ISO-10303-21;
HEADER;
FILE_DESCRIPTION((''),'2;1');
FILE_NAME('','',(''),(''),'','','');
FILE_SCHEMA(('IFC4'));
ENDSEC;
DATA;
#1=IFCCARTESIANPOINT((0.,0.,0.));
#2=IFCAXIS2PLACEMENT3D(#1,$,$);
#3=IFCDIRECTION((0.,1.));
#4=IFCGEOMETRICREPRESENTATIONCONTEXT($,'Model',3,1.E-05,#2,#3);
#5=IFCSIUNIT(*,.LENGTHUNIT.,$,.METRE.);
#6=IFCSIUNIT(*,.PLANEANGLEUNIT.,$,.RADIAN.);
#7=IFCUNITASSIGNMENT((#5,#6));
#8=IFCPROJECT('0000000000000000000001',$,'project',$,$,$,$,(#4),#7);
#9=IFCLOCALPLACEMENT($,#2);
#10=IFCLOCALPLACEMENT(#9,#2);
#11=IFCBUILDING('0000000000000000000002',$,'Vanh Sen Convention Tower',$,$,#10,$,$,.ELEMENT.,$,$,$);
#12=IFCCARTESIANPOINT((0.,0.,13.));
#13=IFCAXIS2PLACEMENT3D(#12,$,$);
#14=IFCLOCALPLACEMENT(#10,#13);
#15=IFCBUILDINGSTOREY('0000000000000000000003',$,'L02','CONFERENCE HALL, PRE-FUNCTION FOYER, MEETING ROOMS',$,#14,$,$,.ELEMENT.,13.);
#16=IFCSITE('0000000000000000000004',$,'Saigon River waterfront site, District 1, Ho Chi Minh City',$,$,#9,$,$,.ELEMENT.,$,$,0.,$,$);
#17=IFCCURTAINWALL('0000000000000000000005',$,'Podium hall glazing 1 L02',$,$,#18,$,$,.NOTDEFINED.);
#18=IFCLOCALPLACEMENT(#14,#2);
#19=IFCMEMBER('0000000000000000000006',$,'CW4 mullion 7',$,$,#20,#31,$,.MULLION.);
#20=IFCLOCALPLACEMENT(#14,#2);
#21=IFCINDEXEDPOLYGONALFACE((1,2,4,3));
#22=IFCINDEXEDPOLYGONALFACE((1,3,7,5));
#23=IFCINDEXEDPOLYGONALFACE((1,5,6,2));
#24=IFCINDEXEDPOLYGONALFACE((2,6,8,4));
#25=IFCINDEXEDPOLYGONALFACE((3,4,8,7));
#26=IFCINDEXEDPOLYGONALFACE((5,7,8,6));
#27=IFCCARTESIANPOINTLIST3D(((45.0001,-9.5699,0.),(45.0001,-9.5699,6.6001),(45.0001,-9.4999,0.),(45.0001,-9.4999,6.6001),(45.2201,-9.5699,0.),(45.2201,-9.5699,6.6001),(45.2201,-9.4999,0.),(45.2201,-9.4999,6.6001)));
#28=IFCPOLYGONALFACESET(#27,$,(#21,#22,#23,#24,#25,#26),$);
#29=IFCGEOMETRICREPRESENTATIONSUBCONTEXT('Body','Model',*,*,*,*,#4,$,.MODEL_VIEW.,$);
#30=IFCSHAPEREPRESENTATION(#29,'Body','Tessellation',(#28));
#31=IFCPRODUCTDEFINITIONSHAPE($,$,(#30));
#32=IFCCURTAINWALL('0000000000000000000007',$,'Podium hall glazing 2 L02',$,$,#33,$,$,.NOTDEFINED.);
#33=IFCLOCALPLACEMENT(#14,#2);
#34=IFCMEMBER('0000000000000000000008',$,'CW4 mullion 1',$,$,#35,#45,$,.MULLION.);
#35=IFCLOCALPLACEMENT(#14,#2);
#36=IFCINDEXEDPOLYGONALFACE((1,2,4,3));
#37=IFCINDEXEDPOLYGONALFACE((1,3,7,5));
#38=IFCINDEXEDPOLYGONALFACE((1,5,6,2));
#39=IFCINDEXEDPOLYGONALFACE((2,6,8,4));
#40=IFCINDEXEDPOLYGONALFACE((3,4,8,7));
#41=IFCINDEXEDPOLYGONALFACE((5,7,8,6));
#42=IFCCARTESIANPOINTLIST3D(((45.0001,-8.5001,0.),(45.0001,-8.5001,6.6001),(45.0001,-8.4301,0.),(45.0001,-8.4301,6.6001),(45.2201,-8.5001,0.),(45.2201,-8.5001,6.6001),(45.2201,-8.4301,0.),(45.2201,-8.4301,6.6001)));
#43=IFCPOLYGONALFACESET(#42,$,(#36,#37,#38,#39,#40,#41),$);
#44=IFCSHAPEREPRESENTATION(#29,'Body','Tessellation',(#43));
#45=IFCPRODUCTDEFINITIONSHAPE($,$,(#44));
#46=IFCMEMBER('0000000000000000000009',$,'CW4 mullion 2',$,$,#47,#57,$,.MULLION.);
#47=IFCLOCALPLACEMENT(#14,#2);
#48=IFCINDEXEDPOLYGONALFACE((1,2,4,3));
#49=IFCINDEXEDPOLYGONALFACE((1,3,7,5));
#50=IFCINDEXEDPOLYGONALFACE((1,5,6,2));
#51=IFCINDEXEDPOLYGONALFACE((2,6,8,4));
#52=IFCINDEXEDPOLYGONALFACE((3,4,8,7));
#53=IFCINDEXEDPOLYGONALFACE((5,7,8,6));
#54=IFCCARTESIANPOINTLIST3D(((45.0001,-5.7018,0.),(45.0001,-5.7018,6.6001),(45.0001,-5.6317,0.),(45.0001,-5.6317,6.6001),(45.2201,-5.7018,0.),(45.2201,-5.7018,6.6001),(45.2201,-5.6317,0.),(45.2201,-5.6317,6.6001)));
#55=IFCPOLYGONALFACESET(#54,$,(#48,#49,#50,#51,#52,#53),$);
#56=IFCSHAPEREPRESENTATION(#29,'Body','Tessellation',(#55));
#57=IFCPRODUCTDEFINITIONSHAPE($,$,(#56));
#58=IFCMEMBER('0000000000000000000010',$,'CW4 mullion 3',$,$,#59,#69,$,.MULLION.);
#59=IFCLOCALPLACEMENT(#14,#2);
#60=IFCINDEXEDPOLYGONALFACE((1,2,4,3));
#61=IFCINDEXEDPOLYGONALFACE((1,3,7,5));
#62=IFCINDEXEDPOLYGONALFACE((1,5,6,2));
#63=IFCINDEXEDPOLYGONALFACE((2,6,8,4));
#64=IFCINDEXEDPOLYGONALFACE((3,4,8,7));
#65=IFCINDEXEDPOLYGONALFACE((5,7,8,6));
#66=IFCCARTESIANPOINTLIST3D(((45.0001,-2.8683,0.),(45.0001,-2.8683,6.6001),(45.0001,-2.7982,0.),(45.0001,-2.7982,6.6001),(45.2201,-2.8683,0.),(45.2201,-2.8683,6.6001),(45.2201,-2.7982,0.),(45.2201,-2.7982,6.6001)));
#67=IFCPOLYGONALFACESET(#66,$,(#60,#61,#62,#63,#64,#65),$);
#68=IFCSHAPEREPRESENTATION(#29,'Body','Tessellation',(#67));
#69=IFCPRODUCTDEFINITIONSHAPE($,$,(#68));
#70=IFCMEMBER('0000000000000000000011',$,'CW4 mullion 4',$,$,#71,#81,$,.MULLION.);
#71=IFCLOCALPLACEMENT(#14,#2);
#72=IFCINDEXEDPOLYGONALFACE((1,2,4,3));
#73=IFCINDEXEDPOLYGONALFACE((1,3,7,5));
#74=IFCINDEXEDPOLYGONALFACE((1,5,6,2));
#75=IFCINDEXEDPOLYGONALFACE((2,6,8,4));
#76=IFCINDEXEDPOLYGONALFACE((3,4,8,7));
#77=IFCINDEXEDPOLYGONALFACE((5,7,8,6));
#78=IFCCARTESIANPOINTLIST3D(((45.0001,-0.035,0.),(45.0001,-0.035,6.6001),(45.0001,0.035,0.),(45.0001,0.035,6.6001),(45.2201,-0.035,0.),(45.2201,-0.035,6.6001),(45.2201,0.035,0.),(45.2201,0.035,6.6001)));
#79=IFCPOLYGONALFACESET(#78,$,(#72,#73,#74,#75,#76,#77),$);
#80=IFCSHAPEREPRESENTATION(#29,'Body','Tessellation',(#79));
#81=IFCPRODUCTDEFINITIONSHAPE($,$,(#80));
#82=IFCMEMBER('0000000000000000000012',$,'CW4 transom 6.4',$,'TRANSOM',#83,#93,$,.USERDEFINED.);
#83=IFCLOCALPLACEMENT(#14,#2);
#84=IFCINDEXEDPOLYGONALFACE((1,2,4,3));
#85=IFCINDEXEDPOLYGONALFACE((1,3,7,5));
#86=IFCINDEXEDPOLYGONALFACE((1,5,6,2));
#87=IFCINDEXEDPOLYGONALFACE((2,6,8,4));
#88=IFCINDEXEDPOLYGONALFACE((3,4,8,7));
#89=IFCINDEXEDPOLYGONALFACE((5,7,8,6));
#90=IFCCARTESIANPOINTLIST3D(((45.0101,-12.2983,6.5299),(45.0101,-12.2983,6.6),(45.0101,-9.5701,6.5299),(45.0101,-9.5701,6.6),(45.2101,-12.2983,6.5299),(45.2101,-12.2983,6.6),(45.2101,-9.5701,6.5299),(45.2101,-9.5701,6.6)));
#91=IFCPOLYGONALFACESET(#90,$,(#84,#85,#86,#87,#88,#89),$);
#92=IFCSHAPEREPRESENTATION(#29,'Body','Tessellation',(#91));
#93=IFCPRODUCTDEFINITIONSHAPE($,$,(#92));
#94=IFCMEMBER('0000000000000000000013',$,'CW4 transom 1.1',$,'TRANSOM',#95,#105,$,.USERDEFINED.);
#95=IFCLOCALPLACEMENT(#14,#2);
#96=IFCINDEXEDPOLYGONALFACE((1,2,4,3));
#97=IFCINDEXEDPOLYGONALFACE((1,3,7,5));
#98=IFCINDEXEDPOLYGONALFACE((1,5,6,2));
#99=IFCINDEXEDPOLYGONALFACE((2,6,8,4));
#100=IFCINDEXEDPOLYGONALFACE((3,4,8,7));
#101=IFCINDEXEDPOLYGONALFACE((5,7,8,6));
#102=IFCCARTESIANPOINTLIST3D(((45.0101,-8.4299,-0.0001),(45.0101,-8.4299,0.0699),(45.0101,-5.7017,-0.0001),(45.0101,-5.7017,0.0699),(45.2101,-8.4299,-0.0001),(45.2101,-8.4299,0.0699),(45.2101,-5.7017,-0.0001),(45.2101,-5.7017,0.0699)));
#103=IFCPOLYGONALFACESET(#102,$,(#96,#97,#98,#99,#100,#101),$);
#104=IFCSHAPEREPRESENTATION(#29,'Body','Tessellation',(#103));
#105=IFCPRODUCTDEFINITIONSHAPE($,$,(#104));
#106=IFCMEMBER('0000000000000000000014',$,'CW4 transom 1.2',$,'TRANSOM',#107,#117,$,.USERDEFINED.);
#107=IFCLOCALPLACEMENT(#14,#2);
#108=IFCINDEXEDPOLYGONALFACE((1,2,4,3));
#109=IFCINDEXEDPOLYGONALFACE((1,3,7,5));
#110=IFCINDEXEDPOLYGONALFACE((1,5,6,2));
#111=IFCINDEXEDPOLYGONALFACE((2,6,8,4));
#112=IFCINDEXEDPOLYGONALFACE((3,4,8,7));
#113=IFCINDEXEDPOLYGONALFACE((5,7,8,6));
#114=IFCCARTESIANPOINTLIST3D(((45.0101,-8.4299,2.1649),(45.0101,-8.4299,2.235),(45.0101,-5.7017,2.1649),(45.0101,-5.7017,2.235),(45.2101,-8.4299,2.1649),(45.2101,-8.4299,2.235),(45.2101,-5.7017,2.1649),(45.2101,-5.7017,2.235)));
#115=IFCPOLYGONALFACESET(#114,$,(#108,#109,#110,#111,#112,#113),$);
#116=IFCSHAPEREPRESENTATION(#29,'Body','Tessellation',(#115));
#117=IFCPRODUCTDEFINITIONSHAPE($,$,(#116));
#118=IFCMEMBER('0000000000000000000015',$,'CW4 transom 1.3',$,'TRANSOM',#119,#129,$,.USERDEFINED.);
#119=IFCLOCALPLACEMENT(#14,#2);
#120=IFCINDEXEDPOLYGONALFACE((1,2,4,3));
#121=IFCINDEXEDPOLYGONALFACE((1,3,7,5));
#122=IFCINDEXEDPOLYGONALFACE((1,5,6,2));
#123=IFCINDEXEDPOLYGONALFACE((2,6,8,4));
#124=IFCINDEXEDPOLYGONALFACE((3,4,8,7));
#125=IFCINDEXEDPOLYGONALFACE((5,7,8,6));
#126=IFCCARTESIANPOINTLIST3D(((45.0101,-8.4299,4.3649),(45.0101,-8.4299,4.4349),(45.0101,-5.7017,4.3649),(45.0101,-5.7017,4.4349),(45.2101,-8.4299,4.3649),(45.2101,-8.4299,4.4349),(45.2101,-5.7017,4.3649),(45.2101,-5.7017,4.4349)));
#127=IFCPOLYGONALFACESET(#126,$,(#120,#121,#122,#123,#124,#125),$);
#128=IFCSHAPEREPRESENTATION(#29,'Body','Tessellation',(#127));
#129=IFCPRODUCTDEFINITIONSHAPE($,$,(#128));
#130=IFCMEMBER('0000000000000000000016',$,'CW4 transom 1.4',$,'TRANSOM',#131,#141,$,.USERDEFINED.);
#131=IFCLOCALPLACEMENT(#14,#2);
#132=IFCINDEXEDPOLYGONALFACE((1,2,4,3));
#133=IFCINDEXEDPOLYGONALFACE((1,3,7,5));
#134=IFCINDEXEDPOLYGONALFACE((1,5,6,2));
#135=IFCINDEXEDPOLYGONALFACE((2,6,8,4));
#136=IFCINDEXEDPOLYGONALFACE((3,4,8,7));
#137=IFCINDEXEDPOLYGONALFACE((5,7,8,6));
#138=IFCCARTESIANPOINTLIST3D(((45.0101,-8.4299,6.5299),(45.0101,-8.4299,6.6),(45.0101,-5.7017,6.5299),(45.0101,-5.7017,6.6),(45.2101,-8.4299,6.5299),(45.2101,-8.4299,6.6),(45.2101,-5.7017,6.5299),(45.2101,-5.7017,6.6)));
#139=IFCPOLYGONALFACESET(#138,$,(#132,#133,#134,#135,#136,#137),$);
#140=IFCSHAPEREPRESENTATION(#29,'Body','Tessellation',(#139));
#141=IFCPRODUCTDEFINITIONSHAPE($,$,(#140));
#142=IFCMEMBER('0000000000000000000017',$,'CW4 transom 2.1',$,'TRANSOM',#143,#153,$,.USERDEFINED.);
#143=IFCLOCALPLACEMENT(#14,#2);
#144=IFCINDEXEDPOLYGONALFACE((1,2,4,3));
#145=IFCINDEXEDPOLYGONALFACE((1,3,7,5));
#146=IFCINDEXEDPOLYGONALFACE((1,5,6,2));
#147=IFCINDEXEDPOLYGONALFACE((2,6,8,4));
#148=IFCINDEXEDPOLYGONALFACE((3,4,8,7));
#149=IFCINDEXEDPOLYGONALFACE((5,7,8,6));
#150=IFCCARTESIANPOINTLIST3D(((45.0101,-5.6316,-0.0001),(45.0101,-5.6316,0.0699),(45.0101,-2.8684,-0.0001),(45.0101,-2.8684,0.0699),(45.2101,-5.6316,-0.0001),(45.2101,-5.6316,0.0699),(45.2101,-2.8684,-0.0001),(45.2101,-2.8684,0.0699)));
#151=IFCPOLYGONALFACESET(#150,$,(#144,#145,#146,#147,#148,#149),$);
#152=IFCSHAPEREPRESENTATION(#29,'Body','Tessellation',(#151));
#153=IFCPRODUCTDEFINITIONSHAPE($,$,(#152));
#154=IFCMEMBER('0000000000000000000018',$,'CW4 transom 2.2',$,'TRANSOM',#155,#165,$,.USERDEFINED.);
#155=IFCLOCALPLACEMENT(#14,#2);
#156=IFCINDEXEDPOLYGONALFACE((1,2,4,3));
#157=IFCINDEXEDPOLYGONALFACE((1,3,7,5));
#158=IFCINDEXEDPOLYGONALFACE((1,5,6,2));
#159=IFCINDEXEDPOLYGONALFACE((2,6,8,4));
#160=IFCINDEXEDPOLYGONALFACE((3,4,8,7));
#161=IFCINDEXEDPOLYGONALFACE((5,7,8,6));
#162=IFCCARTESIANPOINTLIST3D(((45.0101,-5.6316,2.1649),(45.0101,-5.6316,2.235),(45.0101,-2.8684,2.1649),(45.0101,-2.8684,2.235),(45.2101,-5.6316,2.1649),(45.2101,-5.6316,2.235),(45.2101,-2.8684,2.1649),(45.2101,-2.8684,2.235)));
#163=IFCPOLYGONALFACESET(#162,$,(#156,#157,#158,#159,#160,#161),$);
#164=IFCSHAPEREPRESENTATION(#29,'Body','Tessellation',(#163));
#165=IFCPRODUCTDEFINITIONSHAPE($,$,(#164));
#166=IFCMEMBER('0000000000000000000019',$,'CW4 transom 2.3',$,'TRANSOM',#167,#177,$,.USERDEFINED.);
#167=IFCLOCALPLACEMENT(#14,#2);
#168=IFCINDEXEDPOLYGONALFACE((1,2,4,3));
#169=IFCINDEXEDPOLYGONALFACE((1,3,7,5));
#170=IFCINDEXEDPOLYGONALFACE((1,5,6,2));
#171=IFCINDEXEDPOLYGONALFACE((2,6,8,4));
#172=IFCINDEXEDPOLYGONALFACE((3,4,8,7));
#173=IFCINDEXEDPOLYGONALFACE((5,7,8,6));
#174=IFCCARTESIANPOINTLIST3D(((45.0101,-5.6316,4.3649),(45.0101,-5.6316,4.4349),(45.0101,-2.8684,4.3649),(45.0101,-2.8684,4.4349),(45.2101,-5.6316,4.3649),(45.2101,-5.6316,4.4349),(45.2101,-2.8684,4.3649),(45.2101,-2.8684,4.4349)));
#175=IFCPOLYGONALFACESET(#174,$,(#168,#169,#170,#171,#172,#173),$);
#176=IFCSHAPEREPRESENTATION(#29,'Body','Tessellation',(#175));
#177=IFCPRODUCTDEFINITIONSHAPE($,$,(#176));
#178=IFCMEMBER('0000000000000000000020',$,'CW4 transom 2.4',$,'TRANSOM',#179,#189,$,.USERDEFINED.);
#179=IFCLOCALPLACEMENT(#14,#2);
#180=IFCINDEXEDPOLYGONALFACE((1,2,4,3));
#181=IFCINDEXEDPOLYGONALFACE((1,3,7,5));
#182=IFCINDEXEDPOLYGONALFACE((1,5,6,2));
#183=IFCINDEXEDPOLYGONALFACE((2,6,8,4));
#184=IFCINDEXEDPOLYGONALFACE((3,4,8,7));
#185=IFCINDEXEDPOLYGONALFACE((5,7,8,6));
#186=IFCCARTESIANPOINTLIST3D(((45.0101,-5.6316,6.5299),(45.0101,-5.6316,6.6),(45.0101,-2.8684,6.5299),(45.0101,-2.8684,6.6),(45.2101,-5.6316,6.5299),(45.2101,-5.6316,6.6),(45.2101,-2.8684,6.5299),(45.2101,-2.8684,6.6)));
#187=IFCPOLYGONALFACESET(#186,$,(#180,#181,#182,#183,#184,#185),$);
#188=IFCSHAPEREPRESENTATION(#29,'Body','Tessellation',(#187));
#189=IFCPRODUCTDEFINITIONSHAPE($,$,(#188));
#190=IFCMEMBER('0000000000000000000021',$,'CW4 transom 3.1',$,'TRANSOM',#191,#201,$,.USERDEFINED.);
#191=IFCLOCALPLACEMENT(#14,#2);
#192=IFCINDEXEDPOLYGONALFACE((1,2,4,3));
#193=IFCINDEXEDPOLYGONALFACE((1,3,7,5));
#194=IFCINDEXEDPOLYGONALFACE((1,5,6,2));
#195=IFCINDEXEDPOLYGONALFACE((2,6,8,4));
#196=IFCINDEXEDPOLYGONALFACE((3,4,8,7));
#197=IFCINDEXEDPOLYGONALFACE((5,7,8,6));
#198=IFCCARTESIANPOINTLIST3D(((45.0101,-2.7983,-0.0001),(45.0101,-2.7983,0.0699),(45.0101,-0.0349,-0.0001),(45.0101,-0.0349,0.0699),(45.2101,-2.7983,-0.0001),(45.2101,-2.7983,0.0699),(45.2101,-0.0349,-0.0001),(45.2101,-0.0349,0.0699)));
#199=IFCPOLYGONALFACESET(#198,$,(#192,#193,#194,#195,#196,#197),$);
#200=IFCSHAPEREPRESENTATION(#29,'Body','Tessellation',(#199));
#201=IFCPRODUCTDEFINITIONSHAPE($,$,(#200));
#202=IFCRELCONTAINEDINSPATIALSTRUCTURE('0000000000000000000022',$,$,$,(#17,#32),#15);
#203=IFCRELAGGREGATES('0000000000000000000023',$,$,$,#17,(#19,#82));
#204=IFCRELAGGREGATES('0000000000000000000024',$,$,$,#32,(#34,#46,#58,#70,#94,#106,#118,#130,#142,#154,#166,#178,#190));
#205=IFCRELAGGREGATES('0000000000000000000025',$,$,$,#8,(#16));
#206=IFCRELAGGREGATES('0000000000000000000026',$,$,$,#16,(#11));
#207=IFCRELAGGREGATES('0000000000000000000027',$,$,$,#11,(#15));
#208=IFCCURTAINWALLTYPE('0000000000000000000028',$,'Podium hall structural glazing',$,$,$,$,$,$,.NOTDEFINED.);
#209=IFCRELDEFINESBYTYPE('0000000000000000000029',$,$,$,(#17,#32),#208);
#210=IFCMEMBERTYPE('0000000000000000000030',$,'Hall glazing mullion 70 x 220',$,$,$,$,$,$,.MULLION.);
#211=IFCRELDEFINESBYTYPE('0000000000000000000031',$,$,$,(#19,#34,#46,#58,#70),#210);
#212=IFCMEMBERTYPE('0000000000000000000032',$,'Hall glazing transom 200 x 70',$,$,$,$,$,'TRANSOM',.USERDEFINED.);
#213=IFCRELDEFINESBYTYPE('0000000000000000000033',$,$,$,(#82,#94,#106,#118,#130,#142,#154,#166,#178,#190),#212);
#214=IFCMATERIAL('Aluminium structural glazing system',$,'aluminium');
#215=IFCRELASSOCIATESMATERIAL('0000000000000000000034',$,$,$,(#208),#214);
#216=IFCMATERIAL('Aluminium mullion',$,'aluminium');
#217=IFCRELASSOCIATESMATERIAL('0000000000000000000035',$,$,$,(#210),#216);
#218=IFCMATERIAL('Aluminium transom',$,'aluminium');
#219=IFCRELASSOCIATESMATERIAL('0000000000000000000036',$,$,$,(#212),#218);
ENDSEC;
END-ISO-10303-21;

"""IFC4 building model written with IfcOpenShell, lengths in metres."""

from ifc_helpers import new_model, si_unit, direction, frame, origin, origin_2d, place, context, subcontext, project, spatial, rectangle, extrude, material, material_profile, profile_set, type_object, element, aggregate, save


model = new_model("IFC4")

# Units and contexts
model_context = context("Model", 3, precision=1e-05, world=origin(), true_north=direction((0.0, 1.0)))
body_context = subcontext(model_context, "Body", "Model", "MODEL_VIEW")
ifc_project = project(units=[si_unit("LENGTHUNIT", "METRE"), si_unit("PLANEANGLEUNIT", "RADIAN")], contexts=[model_context])

# Site, building, storey
site_placement = place(None, origin())
site = spatial("IfcSite", under=ifc_project, at=site_placement, Name="Saigon River waterfront site, District 1, Ho Chi Minh City", CompositionType="ELEMENT", RefElevation=0.0)
building_placement = place(site_placement, origin())
building = spatial("IfcBuilding", under=site, at=building_placement, Name="Vanh Sen Convention Tower", CompositionType="ELEMENT")
storey_placement = place(building_placement, frame((0.0, 0.0, 13.0)))
storey = spatial("IfcBuildingStorey", under=building, at=storey_placement, Name="L02", Description="CONFERENCE HALL, PRE-FUNCTION FOYER, MEETING ROOMS", CompositionType="ELEMENT", Elevation=13.0)

# Curtain wall, member
ifc_material_1 = material(Name="Aluminium structural glazing system", Category="aluminium")
curtain_wall_type = type_object("IfcCurtainWallType", Name="Podium hall structural glazing", PredefinedType="NOTDEFINED", material=ifc_material_1)
curtain_wall_1_placement = place(storey_placement, origin())
curtain_wall_1 = element("IfcCurtainWall", 1, at=curtain_wall_1_placement, inside=storey, type_object=curtain_wall_type, Name="Podium hall glazing 1 L02", PredefinedType="NOTDEFINED")
ifc_material_2 = material(Name="Aluminium mullion", Category="aluminium")
ifc_material_profile_1 = material_profile(ifc_material_2, rectangle(XDim=0.22, YDim=0.0701, at=origin_2d()), Name="Hall glazing mullion 70 x 220")
ifc_profile_set_1 = profile_set([ifc_material_profile_1], Name="Aluminium mullion")
member_type_1 = type_object("IfcMemberType", Name="Hall glazing mullion 70 x 220", PredefinedType="MULLION", material=ifc_profile_set_1)
member_1_placement = place(storey_placement, frame((45.1101, -9.5349, 0.0), z_axis=(0.0, 0.0, 1.0), x_axis=(-1.0, 0.0, 0.0)))
member_1 = element("IfcMember", 2, at=member_1_placement, type_object=member_type_1, Name="CW4 mullion 7", PredefinedType="MULLION", context=body_context, shape_type="SweptSolid", body=[
    extrude(rectangle(XDim=0.22, YDim=0.0701, at=origin_2d()), origin(), (0.0, 0.0, 1.0), 6.6001),
])

# Curtain wall, members
curtain_wall_2_placement = place(storey_placement, origin())
curtain_wall_2 = element("IfcCurtainWall", 3, at=curtain_wall_2_placement, inside=storey, type_object=curtain_wall_type, Name="Podium hall glazing 2 L02", PredefinedType="NOTDEFINED")
member_2_placement = place(storey_placement, frame((45.1101, -8.4651, 0.0), z_axis=(0.0, 0.0, 1.0), x_axis=(-1.0, 0.0, 0.0)))
member_2 = element("IfcMember", 4, at=member_2_placement, type_object=member_type_1, Name="CW4 mullion 1", PredefinedType="MULLION", context=body_context, shape_type="SweptSolid", body=[
    extrude(rectangle(XDim=0.22, YDim=0.0701, at=origin_2d()), origin(), (0.0, 0.0, 1.0), 6.6001),
])
member_3_placement = place(storey_placement, frame((45.1101, -5.6667, 0.0), z_axis=(0.0, 0.0, 1.0), x_axis=(-1.0, 0.0, 0.0)))
member_3 = element("IfcMember", 5, at=member_3_placement, type_object=member_type_1, Name="CW4 mullion 2", PredefinedType="MULLION", context=body_context, shape_type="SweptSolid", body=[
    extrude(rectangle(XDim=0.22, YDim=0.0701, at=origin_2d()), origin(), (0.0, 0.0, 1.0), 6.6001),
])
member_4_placement = place(storey_placement, frame((45.1101, -2.8333, 0.0), z_axis=(0.0, 0.0, 1.0), x_axis=(-1.0, 0.0, 0.0)))
member_4 = element("IfcMember", 6, at=member_4_placement, type_object=member_type_1, Name="CW4 mullion 3", PredefinedType="MULLION", context=body_context, shape_type="SweptSolid", body=[
    extrude(rectangle(XDim=0.22, YDim=0.0701, at=origin_2d()), origin(), (0.0, 0.0, 1.0), 6.6001),
])
member_5_placement = place(storey_placement, frame((45.1101, 0.0, 0.0), z_axis=(0.0, 0.0, 1.0), x_axis=(-1.0, 0.0, 0.0)))
member_5 = element("IfcMember", 7, at=member_5_placement, type_object=member_type_1, Name="CW4 mullion 4", PredefinedType="MULLION", context=body_context, shape_type="SweptSolid", body=[
    extrude(rectangle(XDim=0.22, YDim=0.0701, at=origin_2d()), origin(), (0.0, 0.0, 1.0), 6.6001),
])

# Members
ifc_material_3 = material(Name="Aluminium transom", Category="aluminium")
ifc_material_profile_2 = material_profile(ifc_material_3, rectangle(XDim=0.2, YDim=0.0701, at=origin_2d()), Name="Hall glazing transom 200 x 70")
ifc_profile_set_2 = profile_set([ifc_material_profile_2], Name="Aluminium transom")
member_type_2 = type_object("IfcMemberType", Name="Hall glazing transom 200 x 70", ElementType="TRANSOM", PredefinedType="USERDEFINED", material=ifc_profile_set_2)
member_6_placement = place(storey_placement, frame((45.1101, -12.2983, 6.5649), z_axis=(0.0, 1.0, 0.0), x_axis=(-1.0, 0.0, 0.0)))
member_6 = element("IfcMember", 8, at=member_6_placement, type_object=member_type_2, Name="CW4 transom 6.4", ObjectType="TRANSOM", PredefinedType="USERDEFINED", context=body_context, shape_type="SweptSolid", body=[
    extrude(rectangle(XDim=0.2, YDim=0.0701, at=origin_2d()), origin(), (0.0, 0.0, 1.0), 2.7283),
])
member_7_placement = place(storey_placement, frame((45.1101, -8.4299, 0.0349), z_axis=(0.0, 1.0, 0.0), x_axis=(-1.0, 0.0, 0.0)))
member_7 = element("IfcMember", 9, at=member_7_placement, type_object=member_type_2, Name="CW4 transom 1.1", ObjectType="TRANSOM", PredefinedType="USERDEFINED", context=body_context, shape_type="SweptSolid", body=[
    extrude(rectangle(XDim=0.2, YDim=0.0701, at=origin_2d()), origin(), (0.0, 0.0, 1.0), 2.7283),
])
member_8_placement = place(storey_placement, frame((45.1101, -8.4299, 2.2), z_axis=(0.0, 1.0, 0.0), x_axis=(-1.0, 0.0, 0.0)))
member_8 = element("IfcMember", 10, at=member_8_placement, type_object=member_type_2, Name="CW4 transom 1.2", ObjectType="TRANSOM", PredefinedType="USERDEFINED", context=body_context, shape_type="SweptSolid", body=[
    extrude(rectangle(XDim=0.2, YDim=0.0701, at=origin_2d()), origin(), (0.0, 0.0, 1.0), 2.7283),
])
member_9_placement = place(storey_placement, frame((45.1101, -8.4299, 4.3999), z_axis=(0.0, 1.0, 0.0), x_axis=(-1.0, 0.0, 0.0)))
member_9 = element("IfcMember", 11, at=member_9_placement, type_object=member_type_2, Name="CW4 transom 1.3", ObjectType="TRANSOM", PredefinedType="USERDEFINED", context=body_context, shape_type="SweptSolid", body=[
    extrude(rectangle(XDim=0.2, YDim=0.0701, at=origin_2d()), origin(), (0.0, 0.0, 1.0), 2.7283),
])
member_10_placement = place(storey_placement, frame((45.1101, -8.4299, 6.5649), z_axis=(0.0, 1.0, 0.0), x_axis=(-1.0, 0.0, 0.0)))
member_10 = element("IfcMember", 12, at=member_10_placement, type_object=member_type_2, Name="CW4 transom 1.4", ObjectType="TRANSOM", PredefinedType="USERDEFINED", context=body_context, shape_type="SweptSolid", body=[
    extrude(rectangle(XDim=0.2, YDim=0.0701, at=origin_2d()), origin(), (0.0, 0.0, 1.0), 2.7283),
])
member_11_placement = place(storey_placement, frame((45.1101, -5.6316, 0.0349), z_axis=(0.0, 1.0, 0.0), x_axis=(-1.0, 0.0, 0.0)))
member_11 = element("IfcMember", 13, at=member_11_placement, type_object=member_type_2, Name="CW4 transom 2.1", ObjectType="TRANSOM", PredefinedType="USERDEFINED", context=body_context, shape_type="SweptSolid", body=[
    extrude(rectangle(XDim=0.2, YDim=0.0701, at=origin_2d()), origin(), (0.0, 0.0, 1.0), 2.7632),
])
member_12_placement = place(storey_placement, frame((45.1101, -5.6316, 2.2), z_axis=(0.0, 1.0, 0.0), x_axis=(-1.0, 0.0, 0.0)))
member_12 = element("IfcMember", 14, at=member_12_placement, type_object=member_type_2, Name="CW4 transom 2.2", ObjectType="TRANSOM", PredefinedType="USERDEFINED", context=body_context, shape_type="SweptSolid", body=[
    extrude(rectangle(XDim=0.2, YDim=0.0701, at=origin_2d()), origin(), (0.0, 0.0, 1.0), 2.7632),
])
member_13_placement = place(storey_placement, frame((45.1101, -5.6316, 4.3999), z_axis=(0.0, 1.0, 0.0), x_axis=(-1.0, 0.0, 0.0)))
member_13 = element("IfcMember", 15, at=member_13_placement, type_object=member_type_2, Name="CW4 transom 2.3", ObjectType="TRANSOM", PredefinedType="USERDEFINED", context=body_context, shape_type="SweptSolid", body=[
    extrude(rectangle(XDim=0.2, YDim=0.0701, at=origin_2d()), origin(), (0.0, 0.0, 1.0), 2.7632),
])
member_14_placement = place(storey_placement, frame((45.1101, -5.6316, 6.5649), z_axis=(0.0, 1.0, 0.0), x_axis=(-1.0, 0.0, 0.0)))
member_14 = element("IfcMember", 16, at=member_14_placement, type_object=member_type_2, Name="CW4 transom 2.4", ObjectType="TRANSOM", PredefinedType="USERDEFINED", context=body_context, shape_type="SweptSolid", body=[
    extrude(rectangle(XDim=0.2, YDim=0.0701, at=origin_2d()), origin(), (0.0, 0.0, 1.0), 2.7632),
])
member_15_placement = place(storey_placement, frame((45.1101, -2.7983, 0.0349), z_axis=(0.0, 1.0, 0.0), x_axis=(-1.0, 0.0, 0.0)))
member_15 = element("IfcMember", 17, at=member_15_placement, type_object=member_type_2, Name="CW4 transom 3.1", ObjectType="TRANSOM", PredefinedType="USERDEFINED", context=body_context, shape_type="SweptSolid", body=[
    extrude(rectangle(XDim=0.2, YDim=0.0701, at=origin_2d()), origin(), (0.0, 0.0, 1.0), 2.7634),
])

aggregate(curtain_wall_1, [member_1, member_6])
aggregate(curtain_wall_2, [member_2, member_3, member_4, member_5, member_7, member_8, member_9, member_10, member_11, member_12, member_13, member_14, member_15])

save(model, "model.ifc")
